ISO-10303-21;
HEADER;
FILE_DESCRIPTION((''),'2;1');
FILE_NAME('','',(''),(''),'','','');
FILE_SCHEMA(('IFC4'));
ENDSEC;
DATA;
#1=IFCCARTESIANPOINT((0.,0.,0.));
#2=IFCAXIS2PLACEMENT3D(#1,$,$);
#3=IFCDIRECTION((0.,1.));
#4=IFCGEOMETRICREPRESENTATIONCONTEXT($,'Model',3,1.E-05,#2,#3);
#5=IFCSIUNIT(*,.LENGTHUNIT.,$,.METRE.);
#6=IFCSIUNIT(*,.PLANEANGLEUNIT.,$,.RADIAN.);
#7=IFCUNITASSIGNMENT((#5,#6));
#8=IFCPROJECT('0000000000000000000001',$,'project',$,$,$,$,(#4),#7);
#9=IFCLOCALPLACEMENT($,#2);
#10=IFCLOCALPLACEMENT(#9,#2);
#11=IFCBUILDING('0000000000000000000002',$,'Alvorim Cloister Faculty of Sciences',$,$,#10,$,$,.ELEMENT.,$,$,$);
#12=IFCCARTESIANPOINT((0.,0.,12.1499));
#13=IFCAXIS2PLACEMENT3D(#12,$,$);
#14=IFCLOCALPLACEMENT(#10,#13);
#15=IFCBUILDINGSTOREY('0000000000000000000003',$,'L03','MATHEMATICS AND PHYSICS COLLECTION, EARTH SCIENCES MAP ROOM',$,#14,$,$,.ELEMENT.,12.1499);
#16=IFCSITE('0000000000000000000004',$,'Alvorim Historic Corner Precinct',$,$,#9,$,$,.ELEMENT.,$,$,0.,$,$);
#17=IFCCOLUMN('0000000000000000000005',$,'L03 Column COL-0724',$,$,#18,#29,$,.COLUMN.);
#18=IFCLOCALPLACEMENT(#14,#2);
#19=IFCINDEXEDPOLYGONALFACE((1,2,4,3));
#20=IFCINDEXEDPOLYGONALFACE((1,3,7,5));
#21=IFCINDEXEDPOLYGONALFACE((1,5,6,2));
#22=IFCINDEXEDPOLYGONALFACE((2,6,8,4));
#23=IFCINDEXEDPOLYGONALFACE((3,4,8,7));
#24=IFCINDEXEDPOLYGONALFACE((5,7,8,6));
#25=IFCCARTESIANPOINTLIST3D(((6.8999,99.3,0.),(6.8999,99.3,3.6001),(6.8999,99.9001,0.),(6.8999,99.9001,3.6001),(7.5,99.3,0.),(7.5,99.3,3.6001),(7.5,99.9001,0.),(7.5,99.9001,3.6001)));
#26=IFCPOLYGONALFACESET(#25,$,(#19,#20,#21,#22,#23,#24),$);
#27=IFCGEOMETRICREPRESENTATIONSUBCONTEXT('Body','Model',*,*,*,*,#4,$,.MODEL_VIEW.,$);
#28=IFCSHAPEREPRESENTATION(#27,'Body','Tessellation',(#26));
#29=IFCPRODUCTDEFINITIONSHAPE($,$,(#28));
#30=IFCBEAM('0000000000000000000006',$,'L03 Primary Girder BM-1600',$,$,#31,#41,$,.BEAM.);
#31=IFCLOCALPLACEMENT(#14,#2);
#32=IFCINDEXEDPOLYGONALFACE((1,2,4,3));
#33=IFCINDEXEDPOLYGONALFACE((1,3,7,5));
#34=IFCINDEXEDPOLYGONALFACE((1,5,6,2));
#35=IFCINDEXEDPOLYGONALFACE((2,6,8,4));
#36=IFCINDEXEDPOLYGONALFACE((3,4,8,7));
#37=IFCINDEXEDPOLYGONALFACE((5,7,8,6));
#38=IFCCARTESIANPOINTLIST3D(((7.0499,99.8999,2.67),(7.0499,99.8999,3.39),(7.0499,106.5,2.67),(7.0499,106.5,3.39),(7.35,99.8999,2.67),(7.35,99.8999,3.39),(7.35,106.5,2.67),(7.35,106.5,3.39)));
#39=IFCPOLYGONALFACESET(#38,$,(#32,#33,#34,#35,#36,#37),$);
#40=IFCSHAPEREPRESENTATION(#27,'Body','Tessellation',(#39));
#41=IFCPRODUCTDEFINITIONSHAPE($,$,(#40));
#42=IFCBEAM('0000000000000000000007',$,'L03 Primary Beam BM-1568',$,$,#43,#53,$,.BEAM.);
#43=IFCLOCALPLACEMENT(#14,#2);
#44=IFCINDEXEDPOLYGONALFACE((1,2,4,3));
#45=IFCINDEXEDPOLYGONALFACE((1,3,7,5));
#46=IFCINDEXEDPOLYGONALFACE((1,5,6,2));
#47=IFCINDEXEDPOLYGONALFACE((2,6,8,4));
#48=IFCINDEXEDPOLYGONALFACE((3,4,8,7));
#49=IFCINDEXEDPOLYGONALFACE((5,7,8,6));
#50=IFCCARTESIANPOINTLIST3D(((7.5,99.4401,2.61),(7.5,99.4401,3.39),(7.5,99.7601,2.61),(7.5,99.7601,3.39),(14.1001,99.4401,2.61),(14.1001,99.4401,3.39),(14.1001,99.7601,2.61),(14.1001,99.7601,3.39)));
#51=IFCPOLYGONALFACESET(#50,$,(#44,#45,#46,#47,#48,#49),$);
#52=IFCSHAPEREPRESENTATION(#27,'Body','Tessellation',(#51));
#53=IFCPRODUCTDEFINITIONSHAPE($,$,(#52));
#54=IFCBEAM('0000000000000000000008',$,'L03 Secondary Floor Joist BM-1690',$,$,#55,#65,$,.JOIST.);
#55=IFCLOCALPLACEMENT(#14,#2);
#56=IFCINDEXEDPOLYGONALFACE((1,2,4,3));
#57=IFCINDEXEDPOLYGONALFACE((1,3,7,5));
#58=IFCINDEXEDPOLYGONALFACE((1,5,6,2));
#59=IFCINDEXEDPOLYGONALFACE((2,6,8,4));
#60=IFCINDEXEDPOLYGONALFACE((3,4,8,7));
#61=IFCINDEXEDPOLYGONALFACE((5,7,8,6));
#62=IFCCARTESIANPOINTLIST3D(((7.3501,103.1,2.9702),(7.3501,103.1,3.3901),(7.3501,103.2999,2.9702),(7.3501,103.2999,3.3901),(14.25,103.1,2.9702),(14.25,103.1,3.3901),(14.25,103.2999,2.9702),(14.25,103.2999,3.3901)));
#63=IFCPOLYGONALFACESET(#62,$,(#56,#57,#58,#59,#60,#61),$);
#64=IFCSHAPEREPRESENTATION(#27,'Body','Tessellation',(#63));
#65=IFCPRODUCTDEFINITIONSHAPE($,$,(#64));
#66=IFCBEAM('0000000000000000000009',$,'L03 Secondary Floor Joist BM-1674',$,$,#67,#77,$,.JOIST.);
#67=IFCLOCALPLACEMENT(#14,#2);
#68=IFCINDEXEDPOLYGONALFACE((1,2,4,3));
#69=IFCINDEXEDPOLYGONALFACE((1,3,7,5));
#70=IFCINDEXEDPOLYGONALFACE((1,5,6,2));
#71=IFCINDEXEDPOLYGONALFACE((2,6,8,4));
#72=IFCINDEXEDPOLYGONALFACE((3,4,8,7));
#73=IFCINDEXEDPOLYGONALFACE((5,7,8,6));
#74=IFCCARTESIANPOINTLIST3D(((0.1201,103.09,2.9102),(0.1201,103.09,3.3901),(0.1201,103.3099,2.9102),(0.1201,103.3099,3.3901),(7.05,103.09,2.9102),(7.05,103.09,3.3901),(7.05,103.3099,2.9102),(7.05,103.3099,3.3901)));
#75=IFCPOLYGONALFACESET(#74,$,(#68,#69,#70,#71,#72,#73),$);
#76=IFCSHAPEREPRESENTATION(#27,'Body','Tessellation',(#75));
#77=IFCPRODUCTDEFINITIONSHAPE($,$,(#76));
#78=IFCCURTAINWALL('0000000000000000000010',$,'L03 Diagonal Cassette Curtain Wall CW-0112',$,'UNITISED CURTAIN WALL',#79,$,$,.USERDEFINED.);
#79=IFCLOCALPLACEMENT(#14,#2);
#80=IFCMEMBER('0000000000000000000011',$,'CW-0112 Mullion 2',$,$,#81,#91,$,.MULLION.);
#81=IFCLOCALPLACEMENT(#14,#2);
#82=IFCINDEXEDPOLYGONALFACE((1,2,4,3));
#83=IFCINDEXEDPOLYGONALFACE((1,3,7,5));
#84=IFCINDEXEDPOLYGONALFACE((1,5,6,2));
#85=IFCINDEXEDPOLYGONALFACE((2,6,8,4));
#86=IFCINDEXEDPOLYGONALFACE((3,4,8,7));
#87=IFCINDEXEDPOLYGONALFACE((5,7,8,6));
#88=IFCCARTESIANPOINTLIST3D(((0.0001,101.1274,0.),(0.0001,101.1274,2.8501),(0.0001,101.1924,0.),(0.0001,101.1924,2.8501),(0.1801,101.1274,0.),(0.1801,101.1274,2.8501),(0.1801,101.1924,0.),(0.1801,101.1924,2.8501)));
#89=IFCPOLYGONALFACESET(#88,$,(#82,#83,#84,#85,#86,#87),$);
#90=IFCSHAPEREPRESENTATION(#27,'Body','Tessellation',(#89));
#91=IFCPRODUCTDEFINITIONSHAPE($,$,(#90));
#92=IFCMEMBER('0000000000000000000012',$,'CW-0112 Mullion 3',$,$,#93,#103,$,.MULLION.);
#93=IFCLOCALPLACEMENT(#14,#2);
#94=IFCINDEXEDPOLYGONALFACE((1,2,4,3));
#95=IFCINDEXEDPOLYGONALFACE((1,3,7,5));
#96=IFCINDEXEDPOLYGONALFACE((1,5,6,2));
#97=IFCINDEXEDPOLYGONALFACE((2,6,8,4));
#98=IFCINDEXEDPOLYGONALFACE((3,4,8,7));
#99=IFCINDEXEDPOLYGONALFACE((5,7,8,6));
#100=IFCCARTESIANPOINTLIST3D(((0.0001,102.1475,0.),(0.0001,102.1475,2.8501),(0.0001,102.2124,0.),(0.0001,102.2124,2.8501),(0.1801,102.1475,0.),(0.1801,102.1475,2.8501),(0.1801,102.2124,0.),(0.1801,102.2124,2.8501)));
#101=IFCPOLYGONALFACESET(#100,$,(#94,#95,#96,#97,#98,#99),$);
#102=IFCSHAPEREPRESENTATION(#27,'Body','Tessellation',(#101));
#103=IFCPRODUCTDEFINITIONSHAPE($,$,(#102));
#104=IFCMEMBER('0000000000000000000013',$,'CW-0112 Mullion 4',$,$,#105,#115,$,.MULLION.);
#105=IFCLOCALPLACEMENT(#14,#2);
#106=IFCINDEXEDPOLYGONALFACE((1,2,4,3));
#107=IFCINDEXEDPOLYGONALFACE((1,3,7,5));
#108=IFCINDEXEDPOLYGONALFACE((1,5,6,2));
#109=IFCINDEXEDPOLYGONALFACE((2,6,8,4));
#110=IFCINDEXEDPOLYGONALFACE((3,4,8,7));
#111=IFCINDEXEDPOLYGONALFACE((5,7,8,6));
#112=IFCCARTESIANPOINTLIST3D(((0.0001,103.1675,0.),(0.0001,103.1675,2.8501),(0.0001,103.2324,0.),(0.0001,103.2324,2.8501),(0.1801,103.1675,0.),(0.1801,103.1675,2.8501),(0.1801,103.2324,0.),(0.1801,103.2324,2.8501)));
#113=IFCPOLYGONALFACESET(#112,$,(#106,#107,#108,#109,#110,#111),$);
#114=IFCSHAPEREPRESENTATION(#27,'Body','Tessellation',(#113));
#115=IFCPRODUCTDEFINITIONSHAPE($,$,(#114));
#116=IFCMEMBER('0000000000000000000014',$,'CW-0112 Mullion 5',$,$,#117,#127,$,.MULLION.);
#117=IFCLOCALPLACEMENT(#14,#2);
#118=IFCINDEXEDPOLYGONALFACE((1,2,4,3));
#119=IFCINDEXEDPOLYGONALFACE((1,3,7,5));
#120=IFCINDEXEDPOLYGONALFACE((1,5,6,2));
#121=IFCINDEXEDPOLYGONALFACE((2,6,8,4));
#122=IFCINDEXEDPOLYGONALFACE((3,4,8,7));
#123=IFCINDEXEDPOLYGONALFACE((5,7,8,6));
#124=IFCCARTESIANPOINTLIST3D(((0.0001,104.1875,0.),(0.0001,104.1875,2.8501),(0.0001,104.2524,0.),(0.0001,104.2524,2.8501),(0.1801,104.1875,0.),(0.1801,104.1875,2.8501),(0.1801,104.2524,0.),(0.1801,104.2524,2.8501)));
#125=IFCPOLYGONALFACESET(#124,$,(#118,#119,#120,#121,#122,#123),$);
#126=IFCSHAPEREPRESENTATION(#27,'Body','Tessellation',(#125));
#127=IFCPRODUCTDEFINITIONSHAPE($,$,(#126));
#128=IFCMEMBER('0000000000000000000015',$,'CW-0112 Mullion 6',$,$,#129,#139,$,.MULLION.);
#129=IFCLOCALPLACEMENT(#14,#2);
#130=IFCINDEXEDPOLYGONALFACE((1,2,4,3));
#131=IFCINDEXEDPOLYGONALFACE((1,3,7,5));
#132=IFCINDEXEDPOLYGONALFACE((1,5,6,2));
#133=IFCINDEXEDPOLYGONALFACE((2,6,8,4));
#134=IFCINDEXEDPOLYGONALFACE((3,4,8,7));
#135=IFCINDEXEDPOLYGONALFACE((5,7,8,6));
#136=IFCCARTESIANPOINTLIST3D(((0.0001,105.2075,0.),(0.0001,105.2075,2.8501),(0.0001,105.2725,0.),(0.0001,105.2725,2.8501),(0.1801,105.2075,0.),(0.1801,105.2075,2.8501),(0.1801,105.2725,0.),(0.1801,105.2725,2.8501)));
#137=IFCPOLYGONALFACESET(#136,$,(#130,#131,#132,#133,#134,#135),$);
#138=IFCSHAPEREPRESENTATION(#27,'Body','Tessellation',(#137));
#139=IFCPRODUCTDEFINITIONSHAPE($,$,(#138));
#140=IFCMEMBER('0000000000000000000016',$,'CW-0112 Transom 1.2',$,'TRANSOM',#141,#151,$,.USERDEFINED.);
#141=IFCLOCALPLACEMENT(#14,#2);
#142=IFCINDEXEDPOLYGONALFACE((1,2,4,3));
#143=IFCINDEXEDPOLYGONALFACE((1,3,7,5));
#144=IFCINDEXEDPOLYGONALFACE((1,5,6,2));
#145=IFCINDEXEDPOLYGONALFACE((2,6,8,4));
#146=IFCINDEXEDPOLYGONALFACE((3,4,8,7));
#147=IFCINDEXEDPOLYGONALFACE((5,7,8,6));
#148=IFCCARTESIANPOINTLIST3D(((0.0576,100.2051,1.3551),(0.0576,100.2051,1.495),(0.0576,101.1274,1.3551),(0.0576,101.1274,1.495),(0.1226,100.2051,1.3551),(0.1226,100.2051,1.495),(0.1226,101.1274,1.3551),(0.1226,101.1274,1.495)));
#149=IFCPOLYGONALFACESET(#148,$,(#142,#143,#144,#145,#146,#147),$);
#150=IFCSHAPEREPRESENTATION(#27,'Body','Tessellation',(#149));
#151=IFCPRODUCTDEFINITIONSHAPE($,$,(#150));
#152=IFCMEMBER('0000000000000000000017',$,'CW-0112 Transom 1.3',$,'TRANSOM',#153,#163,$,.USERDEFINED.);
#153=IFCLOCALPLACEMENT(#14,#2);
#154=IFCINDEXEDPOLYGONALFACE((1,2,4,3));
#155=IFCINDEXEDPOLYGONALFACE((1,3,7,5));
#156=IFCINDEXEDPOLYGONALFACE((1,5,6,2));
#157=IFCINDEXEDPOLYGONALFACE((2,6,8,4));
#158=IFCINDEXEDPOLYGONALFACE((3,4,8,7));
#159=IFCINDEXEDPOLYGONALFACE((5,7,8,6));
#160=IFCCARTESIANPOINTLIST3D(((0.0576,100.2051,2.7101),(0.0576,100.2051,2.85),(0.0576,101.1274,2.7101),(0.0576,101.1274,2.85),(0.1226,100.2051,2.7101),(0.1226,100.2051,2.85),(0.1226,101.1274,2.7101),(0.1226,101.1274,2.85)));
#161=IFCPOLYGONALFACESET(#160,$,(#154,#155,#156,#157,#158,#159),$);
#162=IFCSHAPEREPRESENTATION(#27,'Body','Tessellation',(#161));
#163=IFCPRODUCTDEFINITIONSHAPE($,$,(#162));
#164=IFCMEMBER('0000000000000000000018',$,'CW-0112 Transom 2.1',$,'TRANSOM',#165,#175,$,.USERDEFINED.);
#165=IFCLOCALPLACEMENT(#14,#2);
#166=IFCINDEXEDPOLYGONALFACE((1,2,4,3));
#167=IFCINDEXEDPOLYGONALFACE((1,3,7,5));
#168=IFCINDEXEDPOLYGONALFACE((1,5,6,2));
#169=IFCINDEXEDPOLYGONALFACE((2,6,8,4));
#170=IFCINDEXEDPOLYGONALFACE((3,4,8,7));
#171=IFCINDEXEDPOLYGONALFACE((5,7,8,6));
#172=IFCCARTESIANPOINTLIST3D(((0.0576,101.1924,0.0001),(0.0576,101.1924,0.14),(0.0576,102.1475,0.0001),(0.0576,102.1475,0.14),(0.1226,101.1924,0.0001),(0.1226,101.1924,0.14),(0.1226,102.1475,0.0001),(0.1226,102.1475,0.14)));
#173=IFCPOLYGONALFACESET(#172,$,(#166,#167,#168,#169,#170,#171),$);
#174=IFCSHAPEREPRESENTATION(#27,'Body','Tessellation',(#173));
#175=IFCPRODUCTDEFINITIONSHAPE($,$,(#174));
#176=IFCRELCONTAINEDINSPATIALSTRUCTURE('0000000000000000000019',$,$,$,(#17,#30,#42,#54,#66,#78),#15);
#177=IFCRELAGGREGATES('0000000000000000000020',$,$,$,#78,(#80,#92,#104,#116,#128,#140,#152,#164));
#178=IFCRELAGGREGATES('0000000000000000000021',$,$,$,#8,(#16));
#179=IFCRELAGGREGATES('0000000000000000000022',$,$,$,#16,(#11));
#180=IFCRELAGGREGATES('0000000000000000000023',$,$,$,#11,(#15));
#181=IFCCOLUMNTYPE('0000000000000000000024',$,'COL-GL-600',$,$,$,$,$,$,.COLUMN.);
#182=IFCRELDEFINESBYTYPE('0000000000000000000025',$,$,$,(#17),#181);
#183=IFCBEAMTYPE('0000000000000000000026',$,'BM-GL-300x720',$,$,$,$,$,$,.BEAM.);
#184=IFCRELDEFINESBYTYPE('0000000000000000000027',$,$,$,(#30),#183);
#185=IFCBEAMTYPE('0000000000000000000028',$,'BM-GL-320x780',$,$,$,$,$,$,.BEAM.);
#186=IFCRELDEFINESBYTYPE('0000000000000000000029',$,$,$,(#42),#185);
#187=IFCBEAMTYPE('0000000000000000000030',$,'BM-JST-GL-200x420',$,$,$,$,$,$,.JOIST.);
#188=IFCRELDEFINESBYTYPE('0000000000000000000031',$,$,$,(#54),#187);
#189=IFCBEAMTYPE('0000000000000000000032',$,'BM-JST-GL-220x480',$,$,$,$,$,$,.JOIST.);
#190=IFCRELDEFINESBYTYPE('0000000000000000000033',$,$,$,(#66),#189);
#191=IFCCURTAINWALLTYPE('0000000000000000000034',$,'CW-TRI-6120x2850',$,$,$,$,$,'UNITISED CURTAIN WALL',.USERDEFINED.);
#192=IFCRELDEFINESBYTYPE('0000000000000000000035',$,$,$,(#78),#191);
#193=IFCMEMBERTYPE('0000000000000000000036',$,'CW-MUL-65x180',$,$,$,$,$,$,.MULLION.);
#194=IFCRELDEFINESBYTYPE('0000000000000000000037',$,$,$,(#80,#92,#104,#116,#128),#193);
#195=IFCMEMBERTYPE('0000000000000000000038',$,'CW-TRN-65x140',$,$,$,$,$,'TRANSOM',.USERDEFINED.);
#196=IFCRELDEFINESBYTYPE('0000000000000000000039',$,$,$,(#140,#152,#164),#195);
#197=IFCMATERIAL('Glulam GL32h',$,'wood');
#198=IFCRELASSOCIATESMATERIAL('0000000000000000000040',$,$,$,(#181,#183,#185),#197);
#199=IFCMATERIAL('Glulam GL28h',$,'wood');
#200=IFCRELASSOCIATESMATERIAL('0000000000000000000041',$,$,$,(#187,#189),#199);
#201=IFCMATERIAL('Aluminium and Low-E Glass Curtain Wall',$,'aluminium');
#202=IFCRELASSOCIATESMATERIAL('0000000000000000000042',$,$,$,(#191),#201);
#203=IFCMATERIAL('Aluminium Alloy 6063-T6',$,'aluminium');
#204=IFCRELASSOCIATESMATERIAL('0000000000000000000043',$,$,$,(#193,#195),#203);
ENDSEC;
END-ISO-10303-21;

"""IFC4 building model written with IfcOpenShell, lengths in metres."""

from ifc_helpers import new_model, si_unit, direction, frame, origin, origin_2d, place, context, subcontext, project, spatial, rectangle, extrude, material, material_profile, profile_set, type_object, element, aggregate, save


model = new_model("IFC4")

# Units and contexts
model_context = context("Model", 3, precision=1e-05, world=origin(), true_north=direction((0.0, 1.0)))
body_context = subcontext(model_context, "Body", "Model", "MODEL_VIEW")
ifc_project = project(units=[si_unit("LENGTHUNIT", "METRE"), si_unit("PLANEANGLEUNIT", "RADIAN")], contexts=[model_context])

# Site, building, storey
site_placement = place(None, origin())
site = spatial("IfcSite", under=ifc_project, at=site_placement, Name="Alvorim Historic Corner Precinct", CompositionType="ELEMENT", RefElevation=0.0)
building_placement = place(site_placement, origin())
building = spatial("IfcBuilding", under=site, at=building_placement, Name="Alvorim Cloister Faculty of Sciences", CompositionType="ELEMENT")
storey_placement = place(building_placement, frame((0.0, 0.0, 12.1499)))
storey = spatial("IfcBuildingStorey", under=building, at=storey_placement, Name="L03", Description="MATHEMATICS AND PHYSICS COLLECTION, EARTH SCIENCES MAP ROOM", CompositionType="ELEMENT", Elevation=12.1499)

# Column
ifc_material_1 = material(Name="Glulam GL32h", Category="wood")
ifc_material_profile_1 = material_profile(ifc_material_1, rectangle(XDim=0.6001, YDim=0.6001, at=origin_2d()), Name="GL32-COL-600x600")
ifc_profile_set_1 = profile_set([ifc_material_profile_1], Name="Glulam GL32h")
column_type = type_object("IfcColumnType", Name="COL-GL-600", PredefinedType="COLUMN", material=ifc_profile_set_1)
column_placement = place(storey_placement, frame((7.2, 99.6001, 0.0), z_axis=(0.0, 0.0, 1.0), x_axis=(1.0, 0.0, 0.0)))
element("IfcColumn", 1, at=column_placement, inside=storey, type_object=column_type, Name="L03 Column COL-0724", PredefinedType="COLUMN", context=body_context, shape_type="SweptSolid", body=[
    extrude(rectangle(XDim=0.6001, YDim=0.6001, at=origin_2d()), origin(), (0.0, 0.0, 1.0), 3.6001),
])

# Beams
ifc_material_profile_2 = material_profile(ifc_material_1, rectangle(XDim=0.3, YDim=0.72, at=origin_2d()), Name="GL32-BM-300x720")
ifc_profile_set_2 = profile_set([ifc_material_profile_2], Name="Glulam GL32h")
beam_type_1 = type_object("IfcBeamType", Name="BM-GL-300x720", PredefinedType="BEAM", material=ifc_profile_set_2)
beam_1_placement = place(storey_placement, frame((7.2, 99.8999, 3.03), z_axis=(0.0, 1.0, 0.0), x_axis=(-1.0, 0.0, 0.0)))
element("IfcBeam", 2, at=beam_1_placement, inside=storey, type_object=beam_type_1, Name="L03 Primary Girder BM-1600", PredefinedType="BEAM", context=body_context, shape_type="SweptSolid", body=[
    extrude(rectangle(XDim=0.3, YDim=0.72, at=origin_2d()), origin(), (0.0, 0.0, 1.0), 6.6001),
])
ifc_material_profile_3 = material_profile(ifc_material_1, rectangle(XDim=0.3201, YDim=0.78, at=origin_2d()), Name="GL32-BM-320x780")
ifc_profile_set_3 = profile_set([ifc_material_profile_3], Name="Glulam GL32h")
beam_type_2 = type_object("IfcBeamType", Name="BM-GL-320x780", PredefinedType="BEAM", material=ifc_profile_set_3)
beam_2_placement = place(storey_placement, frame((7.5, 99.6001, 3.0), z_axis=(1.0, 0.0, 0.0), x_axis=(0.0, 1.0, 0.0)))
element("IfcBeam", 3, at=beam_2_placement, inside=storey, type_object=beam_type_2, Name="L03 Primary Beam BM-1568", PredefinedType="BEAM", context=body_context, shape_type="SweptSolid", body=[
    extrude(rectangle(XDim=0.3201, YDim=0.78, at=origin_2d()), origin(), (0.0, 0.0, 1.0), 6.6001),
])
ifc_material_2 = material(Name="Glulam GL28h", Category="wood")
ifc_material_profile_4 = material_profile(ifc_material_2, rectangle(XDim=0.2, YDim=0.4199, at=origin_2d()), Name="GL28-JST-200x420")
ifc_profile_set_4 = profile_set([ifc_material_profile_4], Name="Glulam GL28h")
beam_type_3 = type_object("IfcBeamType", Name="BM-JST-GL-200x420", PredefinedType="JOIST", material=ifc_profile_set_4)
beam_3_placement = place(storey_placement, frame((7.3501, 103.2, 3.1802), z_axis=(1.0, 0.0, 0.0), x_axis=(0.0, 1.0, 0.0)))
element("IfcBeam", 4, at=beam_3_placement, inside=storey, type_object=beam_type_3, Name="L03 Secondary Floor Joist BM-1690", PredefinedType="JOIST", context=body_context, shape_type="SweptSolid", body=[
    extrude(rectangle(XDim=0.2, YDim=0.4199, at=origin_2d()), origin(), (0.0, 0.0, 1.0), 6.8999),
])
ifc_material_profile_5 = material_profile(ifc_material_2, rectangle(XDim=0.22, YDim=0.48, at=origin_2d()), Name="GL28-JST-220x480")
ifc_profile_set_5 = profile_set([ifc_material_profile_5], Name="Glulam GL28h")
beam_type_4 = type_object("IfcBeamType", Name="BM-JST-GL-220x480", PredefinedType="JOIST", material=ifc_profile_set_5)
beam_4_placement = place(storey_placement, frame((0.1201, 103.2, 3.1501), z_axis=(1.0, 0.0, 0.0), x_axis=(0.0, 1.0, 0.0)))
element("IfcBeam", 5, at=beam_4_placement, inside=storey, type_object=beam_type_4, Name="L03 Secondary Floor Joist BM-1674", PredefinedType="JOIST", context=body_context, shape_type="SweptSolid", body=[
    extrude(rectangle(XDim=0.22, YDim=0.48, at=origin_2d()), origin(), (0.0, 0.0, 1.0), 6.9299),
])

# Curtain wall, members
ifc_material_3 = material(Name="Aluminium and Low-E Glass Curtain Wall", Category="aluminium")
curtain_wall_type = type_object("IfcCurtainWallType", Name="CW-TRI-6120x2850", ElementType="UNITISED CURTAIN WALL", PredefinedType="USERDEFINED", material=ifc_material_3)
curtain_wall_placement = place(storey_placement, origin())
curtain_wall = element("IfcCurtainWall", 6, at=curtain_wall_placement, inside=storey, type_object=curtain_wall_type, Name="L03 Diagonal Cassette Curtain Wall CW-0112", ObjectType="UNITISED CURTAIN WALL", PredefinedType="USERDEFINED")
ifc_material_4 = material(Name="Aluminium Alloy 6063-T6", Category="aluminium")
ifc_material_profile_6 = material_profile(ifc_material_4, rectangle(XDim=0.0649, YDim=0.1799, at=origin_2d()), Name="ALU-MUL-65x180")
ifc_profile_set_6 = profile_set([ifc_material_profile_6], Name="Aluminium Alloy 6063-T6")
member_type_1 = type_object("IfcMemberType", Name="CW-MUL-65x180", PredefinedType="MULLION", material=ifc_profile_set_6)
member_1_placement = place(storey_placement, frame((0.0901, 101.1599, 0.0), z_axis=(0.0, 0.0, 1.0), x_axis=(0.0, 1.0, 0.0)))
member_1 = element("IfcMember", 7, at=member_1_placement, type_object=member_type_1, Name="CW-0112 Mullion 2", PredefinedType="MULLION", context=body_context, shape_type="SweptSolid", body=[
    extrude(rectangle(XDim=0.0649, YDim=0.1799, at=origin_2d()), origin(), (0.0, 0.0, 1.0), 2.8501),
])
member_2_placement = place(storey_placement, frame((0.0901, 102.1799, 0.0), z_axis=(0.0, 0.0, 1.0), x_axis=(0.0, 1.0, 0.0)))
member_2 = element("IfcMember", 8, at=member_2_placement, type_object=member_type_1, Name="CW-0112 Mullion 3", PredefinedType="MULLION", context=body_context, shape_type="SweptSolid", body=[
    extrude(rectangle(XDim=0.0649, YDim=0.1799, at=origin_2d()), origin(), (0.0, 0.0, 1.0), 2.8501),
])
member_3_placement = place(storey_placement, frame((0.0901, 103.2, 0.0), z_axis=(0.0, 0.0, 1.0), x_axis=(0.0, 1.0, 0.0)))
member_3 = element("IfcMember", 9, at=member_3_placement, type_object=member_type_1, Name="CW-0112 Mullion 4", PredefinedType="MULLION", context=body_context, shape_type="SweptSolid", body=[
    extrude(rectangle(XDim=0.0649, YDim=0.1799, at=origin_2d()), origin(), (0.0, 0.0, 1.0), 2.8501),
])
member_4_placement = place(storey_placement, frame((0.0901, 104.22, 0.0), z_axis=(0.0, 0.0, 1.0), x_axis=(0.0, 1.0, 0.0)))
member_4 = element("IfcMember", 10, at=member_4_placement, type_object=member_type_1, Name="CW-0112 Mullion 5", PredefinedType="MULLION", context=body_context, shape_type="SweptSolid", body=[
    extrude(rectangle(XDim=0.0649, YDim=0.1799, at=origin_2d()), origin(), (0.0, 0.0, 1.0), 2.8501),
])
member_5_placement = place(storey_placement, frame((0.0901, 105.24, 0.0), z_axis=(0.0, 0.0, 1.0), x_axis=(0.0, 1.0, 0.0)))
member_5 = element("IfcMember", 11, at=member_5_placement, type_object=member_type_1, Name="CW-0112 Mullion 6", PredefinedType="MULLION", context=body_context, shape_type="SweptSolid", body=[
    extrude(rectangle(XDim=0.0649, YDim=0.1799, at=origin_2d()), origin(), (0.0, 0.0, 1.0), 2.8501),
])
ifc_material_profile_7 = material_profile(ifc_material_4, rectangle(XDim=0.0649, YDim=0.1399, at=origin_2d()), Name="ALU-TRN-65x140")
ifc_profile_set_7 = profile_set([ifc_material_profile_7], Name="Aluminium Alloy 6063-T6")
member_type_2 = type_object("IfcMemberType", Name="CW-TRN-65x140", ElementType="TRANSOM", PredefinedType="USERDEFINED", material=ifc_profile_set_7)
member_6_placement = place(storey_placement, frame((0.0901, 100.2051, 1.425), z_axis=(0.0, 1.0, 0.0), x_axis=(-1.0, 0.0, 0.0)))
member_6 = element("IfcMember", 12, at=member_6_placement, type_object=member_type_2, Name="CW-0112 Transom 1.2", ObjectType="TRANSOM", PredefinedType="USERDEFINED", context=body_context, shape_type="SweptSolid", body=[
    extrude(rectangle(XDim=0.0649, YDim=0.1399, at=origin_2d()), origin(), (0.0, 0.0, 1.0), 0.9224),
])
member_7_placement = place(storey_placement, frame((0.0901, 100.2051, 2.78), z_axis=(0.0, 1.0, 0.0), x_axis=(-1.0, 0.0, 0.0)))
member_7 = element("IfcMember", 13, at=member_7_placement, type_object=member_type_2, Name="CW-0112 Transom 1.3", ObjectType="TRANSOM", PredefinedType="USERDEFINED", context=body_context, shape_type="SweptSolid", body=[
    extrude(rectangle(XDim=0.0649, YDim=0.1399, at=origin_2d()), origin(), (0.0, 0.0, 1.0), 0.9224),
])
member_8_placement = place(storey_placement, frame((0.0901, 101.1924, 0.0701), z_axis=(0.0, 1.0, 0.0), x_axis=(-1.0, 0.0, 0.0)))
member_8 = element("IfcMember", 14, at=member_8_placement, type_object=member_type_2, Name="CW-0112 Transom 2.1", ObjectType="TRANSOM", PredefinedType="USERDEFINED", context=body_context, shape_type="SweptSolid", body=[
    extrude(rectangle(XDim=0.0649, YDim=0.1399, at=origin_2d()), origin(), (0.0, 0.0, 1.0), 0.9551),
])
aggregate(curtain_wall, [member_1, member_2, member_3, member_4, member_5, member_6, member_7, member_8])

save(model, "model.ifc")
